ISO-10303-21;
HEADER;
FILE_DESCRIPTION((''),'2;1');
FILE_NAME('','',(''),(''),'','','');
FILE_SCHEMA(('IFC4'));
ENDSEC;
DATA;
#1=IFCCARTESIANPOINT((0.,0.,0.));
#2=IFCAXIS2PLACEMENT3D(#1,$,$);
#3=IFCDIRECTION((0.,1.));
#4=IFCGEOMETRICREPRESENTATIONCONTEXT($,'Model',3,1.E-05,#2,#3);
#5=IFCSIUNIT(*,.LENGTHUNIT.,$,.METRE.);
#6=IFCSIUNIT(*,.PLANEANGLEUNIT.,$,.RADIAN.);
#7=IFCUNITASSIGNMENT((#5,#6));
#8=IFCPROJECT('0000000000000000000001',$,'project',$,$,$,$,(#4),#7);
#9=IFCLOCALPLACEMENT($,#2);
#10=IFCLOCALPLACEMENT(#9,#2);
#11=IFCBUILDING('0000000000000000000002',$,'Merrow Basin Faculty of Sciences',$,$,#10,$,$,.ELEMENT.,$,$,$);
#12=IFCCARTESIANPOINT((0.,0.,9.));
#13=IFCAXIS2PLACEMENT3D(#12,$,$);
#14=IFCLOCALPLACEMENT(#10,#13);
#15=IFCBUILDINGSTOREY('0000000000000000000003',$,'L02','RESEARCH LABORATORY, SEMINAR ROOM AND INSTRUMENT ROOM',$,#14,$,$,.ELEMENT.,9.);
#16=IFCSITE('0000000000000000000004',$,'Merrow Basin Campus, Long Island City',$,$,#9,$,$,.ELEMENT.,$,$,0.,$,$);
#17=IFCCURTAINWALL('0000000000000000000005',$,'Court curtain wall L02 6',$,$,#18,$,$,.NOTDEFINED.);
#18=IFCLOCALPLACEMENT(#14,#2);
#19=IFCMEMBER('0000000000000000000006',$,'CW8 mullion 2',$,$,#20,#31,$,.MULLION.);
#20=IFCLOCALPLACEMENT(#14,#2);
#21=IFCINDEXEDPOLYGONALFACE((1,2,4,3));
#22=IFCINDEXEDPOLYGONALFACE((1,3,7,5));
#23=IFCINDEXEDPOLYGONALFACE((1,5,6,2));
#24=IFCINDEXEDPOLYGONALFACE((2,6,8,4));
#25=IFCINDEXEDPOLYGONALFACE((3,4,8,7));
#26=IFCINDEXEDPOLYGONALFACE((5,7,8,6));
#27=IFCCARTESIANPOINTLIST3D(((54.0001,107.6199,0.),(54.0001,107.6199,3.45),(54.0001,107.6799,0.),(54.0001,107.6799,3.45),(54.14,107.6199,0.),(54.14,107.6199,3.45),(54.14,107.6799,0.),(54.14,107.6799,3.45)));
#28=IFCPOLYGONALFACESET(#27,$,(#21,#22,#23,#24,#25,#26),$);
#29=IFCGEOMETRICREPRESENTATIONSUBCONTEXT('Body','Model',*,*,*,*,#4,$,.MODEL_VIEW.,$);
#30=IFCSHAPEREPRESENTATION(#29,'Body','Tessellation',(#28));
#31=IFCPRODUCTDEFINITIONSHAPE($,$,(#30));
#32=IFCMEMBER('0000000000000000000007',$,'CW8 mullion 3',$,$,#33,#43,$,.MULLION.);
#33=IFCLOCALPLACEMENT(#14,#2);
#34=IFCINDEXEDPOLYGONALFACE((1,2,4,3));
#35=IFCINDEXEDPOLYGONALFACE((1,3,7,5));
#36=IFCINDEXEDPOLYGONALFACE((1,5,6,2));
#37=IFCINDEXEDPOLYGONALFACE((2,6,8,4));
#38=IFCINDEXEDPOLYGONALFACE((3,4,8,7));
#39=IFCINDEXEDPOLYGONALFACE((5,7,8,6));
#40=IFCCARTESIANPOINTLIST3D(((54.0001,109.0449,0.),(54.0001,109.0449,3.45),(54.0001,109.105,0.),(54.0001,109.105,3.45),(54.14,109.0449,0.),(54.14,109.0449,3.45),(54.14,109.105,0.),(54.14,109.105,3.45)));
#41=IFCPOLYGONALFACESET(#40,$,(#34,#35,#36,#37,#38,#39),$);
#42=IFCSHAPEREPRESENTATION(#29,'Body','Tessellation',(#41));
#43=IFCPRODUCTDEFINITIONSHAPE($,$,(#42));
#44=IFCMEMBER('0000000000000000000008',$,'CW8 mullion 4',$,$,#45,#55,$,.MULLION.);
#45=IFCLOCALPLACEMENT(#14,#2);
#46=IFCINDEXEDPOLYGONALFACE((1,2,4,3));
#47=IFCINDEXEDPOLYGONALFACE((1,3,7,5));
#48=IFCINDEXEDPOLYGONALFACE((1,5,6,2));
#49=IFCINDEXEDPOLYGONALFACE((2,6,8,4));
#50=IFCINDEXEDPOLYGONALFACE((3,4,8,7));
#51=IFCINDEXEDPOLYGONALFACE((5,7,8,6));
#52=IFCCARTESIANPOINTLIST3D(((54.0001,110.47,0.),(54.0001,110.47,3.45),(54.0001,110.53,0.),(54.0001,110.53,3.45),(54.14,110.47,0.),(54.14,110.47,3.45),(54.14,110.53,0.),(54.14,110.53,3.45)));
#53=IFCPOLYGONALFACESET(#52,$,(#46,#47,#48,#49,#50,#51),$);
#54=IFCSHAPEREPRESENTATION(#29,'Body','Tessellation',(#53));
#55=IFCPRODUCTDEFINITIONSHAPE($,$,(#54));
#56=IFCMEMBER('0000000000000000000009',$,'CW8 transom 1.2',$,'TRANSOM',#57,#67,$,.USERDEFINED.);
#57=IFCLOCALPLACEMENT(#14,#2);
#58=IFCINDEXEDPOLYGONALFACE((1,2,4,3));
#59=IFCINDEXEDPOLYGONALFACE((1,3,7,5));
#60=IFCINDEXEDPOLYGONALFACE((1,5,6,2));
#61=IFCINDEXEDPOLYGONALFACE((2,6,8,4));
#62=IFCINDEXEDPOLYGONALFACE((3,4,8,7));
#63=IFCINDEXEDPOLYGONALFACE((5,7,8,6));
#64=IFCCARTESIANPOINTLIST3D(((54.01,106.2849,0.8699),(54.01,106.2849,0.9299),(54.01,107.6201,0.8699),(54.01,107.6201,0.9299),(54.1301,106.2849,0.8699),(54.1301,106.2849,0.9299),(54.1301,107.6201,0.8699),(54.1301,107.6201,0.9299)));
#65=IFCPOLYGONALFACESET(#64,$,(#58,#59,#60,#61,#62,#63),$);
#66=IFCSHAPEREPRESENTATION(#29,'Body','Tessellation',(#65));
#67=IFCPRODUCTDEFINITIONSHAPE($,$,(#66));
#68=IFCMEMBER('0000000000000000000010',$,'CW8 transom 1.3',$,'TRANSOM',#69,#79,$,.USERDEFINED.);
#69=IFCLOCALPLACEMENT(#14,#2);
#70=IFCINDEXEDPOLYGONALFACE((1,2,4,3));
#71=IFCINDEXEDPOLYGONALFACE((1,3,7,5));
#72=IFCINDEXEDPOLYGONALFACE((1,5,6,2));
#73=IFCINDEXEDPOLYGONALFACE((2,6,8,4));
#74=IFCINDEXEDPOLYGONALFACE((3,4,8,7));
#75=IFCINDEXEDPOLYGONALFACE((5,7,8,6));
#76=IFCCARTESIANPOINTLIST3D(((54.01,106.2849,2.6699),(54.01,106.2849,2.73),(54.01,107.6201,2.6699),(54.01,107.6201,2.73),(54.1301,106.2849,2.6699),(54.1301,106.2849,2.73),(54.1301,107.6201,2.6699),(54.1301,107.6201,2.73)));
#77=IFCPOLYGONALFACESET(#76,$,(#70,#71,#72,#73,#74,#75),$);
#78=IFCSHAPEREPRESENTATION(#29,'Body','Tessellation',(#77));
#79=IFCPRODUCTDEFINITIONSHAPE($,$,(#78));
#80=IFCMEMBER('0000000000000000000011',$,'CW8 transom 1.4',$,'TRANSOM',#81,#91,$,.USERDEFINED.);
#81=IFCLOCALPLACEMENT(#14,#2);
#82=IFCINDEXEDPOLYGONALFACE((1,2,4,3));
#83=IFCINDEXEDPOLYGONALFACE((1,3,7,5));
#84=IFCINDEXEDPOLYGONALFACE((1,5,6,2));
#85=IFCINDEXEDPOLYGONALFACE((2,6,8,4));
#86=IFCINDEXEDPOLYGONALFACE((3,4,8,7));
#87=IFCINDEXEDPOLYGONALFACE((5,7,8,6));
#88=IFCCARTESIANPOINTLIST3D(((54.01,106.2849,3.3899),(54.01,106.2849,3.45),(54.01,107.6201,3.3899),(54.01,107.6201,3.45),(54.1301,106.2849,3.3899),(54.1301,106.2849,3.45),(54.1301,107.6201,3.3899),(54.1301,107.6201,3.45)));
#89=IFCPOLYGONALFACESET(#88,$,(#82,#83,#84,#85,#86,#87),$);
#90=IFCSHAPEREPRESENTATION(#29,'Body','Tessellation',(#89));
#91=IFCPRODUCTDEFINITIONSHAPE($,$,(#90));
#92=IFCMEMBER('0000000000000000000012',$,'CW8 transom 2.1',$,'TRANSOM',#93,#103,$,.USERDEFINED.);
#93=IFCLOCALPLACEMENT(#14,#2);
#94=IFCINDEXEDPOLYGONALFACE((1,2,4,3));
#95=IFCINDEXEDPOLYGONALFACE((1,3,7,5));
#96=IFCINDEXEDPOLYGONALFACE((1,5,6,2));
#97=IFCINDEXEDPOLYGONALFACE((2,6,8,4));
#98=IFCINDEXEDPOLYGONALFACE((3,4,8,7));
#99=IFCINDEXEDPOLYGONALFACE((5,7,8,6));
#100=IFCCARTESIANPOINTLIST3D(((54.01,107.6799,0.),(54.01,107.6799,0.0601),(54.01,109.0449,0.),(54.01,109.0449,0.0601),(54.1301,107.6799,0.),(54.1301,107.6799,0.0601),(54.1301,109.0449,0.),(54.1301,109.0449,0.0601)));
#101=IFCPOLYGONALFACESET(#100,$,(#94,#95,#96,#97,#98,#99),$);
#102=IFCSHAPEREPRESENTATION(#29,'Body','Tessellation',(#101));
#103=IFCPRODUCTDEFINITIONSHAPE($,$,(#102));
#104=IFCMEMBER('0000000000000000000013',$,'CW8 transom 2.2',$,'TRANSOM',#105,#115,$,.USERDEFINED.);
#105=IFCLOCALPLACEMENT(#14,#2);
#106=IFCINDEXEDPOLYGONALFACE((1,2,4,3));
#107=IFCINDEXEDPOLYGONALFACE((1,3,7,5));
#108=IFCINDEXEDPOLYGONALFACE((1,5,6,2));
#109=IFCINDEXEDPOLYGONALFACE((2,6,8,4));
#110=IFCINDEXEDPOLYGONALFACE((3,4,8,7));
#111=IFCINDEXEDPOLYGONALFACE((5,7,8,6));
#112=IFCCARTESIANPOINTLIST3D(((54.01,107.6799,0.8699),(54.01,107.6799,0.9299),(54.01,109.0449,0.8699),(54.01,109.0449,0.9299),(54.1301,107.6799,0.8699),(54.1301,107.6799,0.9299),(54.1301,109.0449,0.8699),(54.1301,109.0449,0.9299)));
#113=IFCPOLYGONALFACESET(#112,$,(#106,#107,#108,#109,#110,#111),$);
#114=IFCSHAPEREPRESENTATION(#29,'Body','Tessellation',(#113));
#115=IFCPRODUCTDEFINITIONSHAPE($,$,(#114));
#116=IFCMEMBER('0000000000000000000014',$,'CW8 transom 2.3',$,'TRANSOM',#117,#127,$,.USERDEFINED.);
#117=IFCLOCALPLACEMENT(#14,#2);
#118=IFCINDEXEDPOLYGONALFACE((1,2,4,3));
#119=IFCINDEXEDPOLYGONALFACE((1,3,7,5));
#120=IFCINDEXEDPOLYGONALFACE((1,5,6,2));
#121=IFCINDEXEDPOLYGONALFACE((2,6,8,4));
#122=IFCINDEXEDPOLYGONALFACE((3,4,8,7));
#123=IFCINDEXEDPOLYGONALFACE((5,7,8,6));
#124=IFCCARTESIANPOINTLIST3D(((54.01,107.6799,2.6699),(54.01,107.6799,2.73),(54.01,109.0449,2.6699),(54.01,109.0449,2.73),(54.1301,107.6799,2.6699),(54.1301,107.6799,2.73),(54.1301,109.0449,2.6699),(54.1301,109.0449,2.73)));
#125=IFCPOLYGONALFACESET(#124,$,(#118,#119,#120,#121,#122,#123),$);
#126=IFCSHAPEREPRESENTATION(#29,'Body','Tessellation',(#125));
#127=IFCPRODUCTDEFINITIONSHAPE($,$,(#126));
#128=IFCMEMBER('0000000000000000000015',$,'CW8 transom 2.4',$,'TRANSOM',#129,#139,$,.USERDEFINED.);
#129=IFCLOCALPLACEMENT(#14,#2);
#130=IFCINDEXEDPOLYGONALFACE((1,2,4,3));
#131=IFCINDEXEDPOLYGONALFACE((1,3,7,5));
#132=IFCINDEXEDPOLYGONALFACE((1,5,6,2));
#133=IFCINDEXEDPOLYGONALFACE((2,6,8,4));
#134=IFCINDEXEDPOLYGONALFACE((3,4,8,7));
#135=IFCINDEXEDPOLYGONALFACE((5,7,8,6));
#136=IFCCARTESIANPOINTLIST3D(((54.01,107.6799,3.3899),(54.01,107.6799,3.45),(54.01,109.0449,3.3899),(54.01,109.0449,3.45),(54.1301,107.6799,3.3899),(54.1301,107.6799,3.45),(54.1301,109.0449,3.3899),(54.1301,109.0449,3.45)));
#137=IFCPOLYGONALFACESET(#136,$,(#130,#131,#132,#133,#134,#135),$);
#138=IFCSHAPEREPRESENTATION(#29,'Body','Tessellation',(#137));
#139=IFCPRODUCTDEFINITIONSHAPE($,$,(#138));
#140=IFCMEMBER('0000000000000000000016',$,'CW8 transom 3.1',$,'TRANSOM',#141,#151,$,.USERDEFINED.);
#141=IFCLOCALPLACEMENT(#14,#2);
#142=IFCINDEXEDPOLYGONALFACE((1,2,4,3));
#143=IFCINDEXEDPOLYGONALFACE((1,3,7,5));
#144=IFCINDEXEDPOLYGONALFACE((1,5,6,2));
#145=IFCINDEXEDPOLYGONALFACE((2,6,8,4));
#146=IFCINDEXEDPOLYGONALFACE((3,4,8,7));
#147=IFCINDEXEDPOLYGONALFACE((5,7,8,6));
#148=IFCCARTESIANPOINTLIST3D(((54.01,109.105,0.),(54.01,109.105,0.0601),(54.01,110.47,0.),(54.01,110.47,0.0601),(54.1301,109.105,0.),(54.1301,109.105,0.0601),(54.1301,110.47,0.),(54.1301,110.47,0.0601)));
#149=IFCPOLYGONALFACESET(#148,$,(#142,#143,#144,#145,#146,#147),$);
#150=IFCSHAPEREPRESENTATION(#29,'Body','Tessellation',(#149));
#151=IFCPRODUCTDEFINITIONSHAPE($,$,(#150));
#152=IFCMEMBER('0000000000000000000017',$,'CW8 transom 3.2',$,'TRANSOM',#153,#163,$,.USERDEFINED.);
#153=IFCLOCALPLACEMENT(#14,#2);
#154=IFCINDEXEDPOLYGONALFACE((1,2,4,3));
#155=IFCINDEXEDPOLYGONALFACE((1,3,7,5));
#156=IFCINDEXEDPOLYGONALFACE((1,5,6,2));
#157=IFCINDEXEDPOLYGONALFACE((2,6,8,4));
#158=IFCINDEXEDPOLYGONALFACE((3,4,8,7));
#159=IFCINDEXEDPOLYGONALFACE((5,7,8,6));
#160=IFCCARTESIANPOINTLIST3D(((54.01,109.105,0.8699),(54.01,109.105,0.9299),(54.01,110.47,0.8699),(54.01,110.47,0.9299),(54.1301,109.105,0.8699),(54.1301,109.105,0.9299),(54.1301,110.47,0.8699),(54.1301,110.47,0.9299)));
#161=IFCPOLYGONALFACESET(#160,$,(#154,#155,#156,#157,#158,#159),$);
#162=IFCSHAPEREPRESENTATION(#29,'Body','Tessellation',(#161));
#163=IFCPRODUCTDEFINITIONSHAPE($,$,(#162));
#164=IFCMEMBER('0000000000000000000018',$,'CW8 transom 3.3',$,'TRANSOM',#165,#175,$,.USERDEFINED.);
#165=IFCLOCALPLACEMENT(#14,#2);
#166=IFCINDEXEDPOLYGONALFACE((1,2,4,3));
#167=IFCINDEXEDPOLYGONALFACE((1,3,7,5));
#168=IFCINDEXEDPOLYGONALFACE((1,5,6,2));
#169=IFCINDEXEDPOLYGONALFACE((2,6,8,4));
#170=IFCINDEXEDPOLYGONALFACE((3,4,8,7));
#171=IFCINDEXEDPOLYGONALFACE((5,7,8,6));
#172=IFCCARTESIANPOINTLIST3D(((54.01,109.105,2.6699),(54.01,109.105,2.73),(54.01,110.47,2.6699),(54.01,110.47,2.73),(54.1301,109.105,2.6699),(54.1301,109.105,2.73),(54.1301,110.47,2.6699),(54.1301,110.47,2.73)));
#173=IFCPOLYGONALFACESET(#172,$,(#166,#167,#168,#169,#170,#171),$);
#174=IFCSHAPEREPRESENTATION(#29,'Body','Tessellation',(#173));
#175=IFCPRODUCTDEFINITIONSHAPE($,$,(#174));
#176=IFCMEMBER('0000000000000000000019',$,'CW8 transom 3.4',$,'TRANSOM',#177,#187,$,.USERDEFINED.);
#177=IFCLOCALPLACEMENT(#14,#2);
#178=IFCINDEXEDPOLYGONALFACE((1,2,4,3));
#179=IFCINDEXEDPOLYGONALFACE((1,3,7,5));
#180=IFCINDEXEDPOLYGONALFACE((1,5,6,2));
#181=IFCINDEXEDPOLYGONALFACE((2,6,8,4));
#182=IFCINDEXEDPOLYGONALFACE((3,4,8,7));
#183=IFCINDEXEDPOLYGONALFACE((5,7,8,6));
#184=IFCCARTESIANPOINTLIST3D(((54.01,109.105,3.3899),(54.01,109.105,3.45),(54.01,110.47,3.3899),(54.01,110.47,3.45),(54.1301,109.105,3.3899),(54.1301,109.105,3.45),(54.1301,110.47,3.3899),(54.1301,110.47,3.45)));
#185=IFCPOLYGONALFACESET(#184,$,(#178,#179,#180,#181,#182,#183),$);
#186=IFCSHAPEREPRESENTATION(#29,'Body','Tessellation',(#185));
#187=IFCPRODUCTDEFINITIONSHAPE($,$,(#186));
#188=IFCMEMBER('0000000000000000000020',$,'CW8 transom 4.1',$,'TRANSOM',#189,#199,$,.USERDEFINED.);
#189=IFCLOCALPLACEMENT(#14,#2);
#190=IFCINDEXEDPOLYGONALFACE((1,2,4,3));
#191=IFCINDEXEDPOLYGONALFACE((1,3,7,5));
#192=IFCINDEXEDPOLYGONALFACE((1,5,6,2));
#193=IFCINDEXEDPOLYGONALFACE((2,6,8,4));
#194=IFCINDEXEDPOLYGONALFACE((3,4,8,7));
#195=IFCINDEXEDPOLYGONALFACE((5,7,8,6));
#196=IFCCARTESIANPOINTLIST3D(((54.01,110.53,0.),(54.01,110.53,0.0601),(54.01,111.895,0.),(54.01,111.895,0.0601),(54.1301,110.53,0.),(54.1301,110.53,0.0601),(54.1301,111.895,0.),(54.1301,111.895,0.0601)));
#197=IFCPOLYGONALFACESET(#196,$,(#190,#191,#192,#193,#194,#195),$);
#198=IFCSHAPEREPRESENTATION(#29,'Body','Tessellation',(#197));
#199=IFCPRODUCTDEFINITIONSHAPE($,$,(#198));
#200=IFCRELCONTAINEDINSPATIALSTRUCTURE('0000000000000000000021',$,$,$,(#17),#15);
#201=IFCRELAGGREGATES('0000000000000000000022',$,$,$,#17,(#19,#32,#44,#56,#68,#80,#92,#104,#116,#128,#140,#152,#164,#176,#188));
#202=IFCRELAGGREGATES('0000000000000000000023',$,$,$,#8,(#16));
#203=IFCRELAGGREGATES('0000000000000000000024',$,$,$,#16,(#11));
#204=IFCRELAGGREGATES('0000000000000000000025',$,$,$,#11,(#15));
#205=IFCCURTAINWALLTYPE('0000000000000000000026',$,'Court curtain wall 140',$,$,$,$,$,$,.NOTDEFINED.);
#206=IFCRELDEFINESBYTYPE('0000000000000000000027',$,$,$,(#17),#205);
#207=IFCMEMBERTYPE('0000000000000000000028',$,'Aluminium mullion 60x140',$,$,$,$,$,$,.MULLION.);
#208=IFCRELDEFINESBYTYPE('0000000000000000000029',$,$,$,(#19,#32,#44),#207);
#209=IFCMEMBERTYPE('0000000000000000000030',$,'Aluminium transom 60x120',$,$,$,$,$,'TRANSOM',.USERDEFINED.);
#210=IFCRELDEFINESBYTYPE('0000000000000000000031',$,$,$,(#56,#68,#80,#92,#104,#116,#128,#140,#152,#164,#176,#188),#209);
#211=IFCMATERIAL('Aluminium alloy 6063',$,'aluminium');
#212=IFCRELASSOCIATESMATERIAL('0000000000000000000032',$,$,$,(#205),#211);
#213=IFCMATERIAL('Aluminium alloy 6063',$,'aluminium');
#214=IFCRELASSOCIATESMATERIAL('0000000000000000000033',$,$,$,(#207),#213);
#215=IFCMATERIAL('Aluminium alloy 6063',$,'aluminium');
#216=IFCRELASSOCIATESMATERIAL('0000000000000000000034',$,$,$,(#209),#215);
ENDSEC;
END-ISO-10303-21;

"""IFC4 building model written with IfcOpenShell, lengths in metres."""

from ifc_helpers import new_model, si_unit, direction, frame, origin, origin_2d, place, context, subcontext, project, spatial, rectangle, extrude, material, material_profile, profile_set, type_object, element, aggregate, save


model = new_model("IFC4")

# Units and contexts
model_context = context("Model", 3, precision=1e-05, world=origin(), true_north=direction((0.0, 1.0)))
body_context = subcontext(model_context, "Body", "Model", "MODEL_VIEW")
ifc_project = project(units=[si_unit("LENGTHUNIT", "METRE"), si_unit("PLANEANGLEUNIT", "RADIAN")], contexts=[model_context])

# Site, building, storey
site_placement = place(None, origin())
site = spatial("IfcSite", under=ifc_project, at=site_placement, Name="Merrow Basin Campus, Long Island City", CompositionType="ELEMENT", RefElevation=0.0)
building_placement = place(site_placement, origin())
building = spatial("IfcBuilding", under=site, at=building_placement, Name="Merrow Basin Faculty of Sciences", CompositionType="ELEMENT")
storey_placement = place(building_placement, frame((0.0, 0.0, 9.0)))
storey = spatial("IfcBuildingStorey", under=building, at=storey_placement, Name="L02", Description="RESEARCH LABORATORY, SEMINAR ROOM AND INSTRUMENT ROOM", CompositionType="ELEMENT", Elevation=9.0)

# Curtain wall, members
ifc_material_1 = material(Name="Aluminium alloy 6063", Category="aluminium")
curtain_wall_type = type_object("IfcCurtainWallType", Name="Court curtain wall 140", PredefinedType="NOTDEFINED", material=ifc_material_1)
curtain_wall_placement = place(storey_placement, origin())
curtain_wall = element("IfcCurtainWall", 1, at=curtain_wall_placement, inside=storey, type_object=curtain_wall_type, Name="Court curtain wall L02 6", PredefinedType="NOTDEFINED")
ifc_material_2 = material(Name="Aluminium alloy 6063", Category="aluminium")
ifc_material_profile_1 = material_profile(ifc_material_2, rectangle(XDim=0.1399, YDim=0.0601, at=origin_2d()))
ifc_profile_set_1 = profile_set([ifc_material_profile_1], Name="Aluminium alloy 6063")
member_type_1 = type_object("IfcMemberType", Name="Aluminium mullion 60x140", PredefinedType="MULLION", material=ifc_profile_set_1)
member_1_placement = place(storey_placement, frame((54.0701, 107.6499, 0.0), z_axis=(0.0, 0.0, 1.0), x_axis=(-1.0, 0.0, 0.0)))
member_1 = element("IfcMember", 2, at=member_1_placement, type_object=member_type_1, Name="CW8 mullion 2", PredefinedType="MULLION", context=body_context, shape_type="SweptSolid", body=[
    extrude(rectangle(XDim=0.1399, YDim=0.0601, at=origin_2d()), origin(), (0.0, 0.0, 1.0), 3.45),
])
member_2_placement = place(storey_placement, frame((54.0701, 109.075, 0.0), z_axis=(0.0, 0.0, 1.0), x_axis=(-1.0, 0.0, 0.0)))
member_2 = element("IfcMember", 3, at=member_2_placement, type_object=member_type_1, Name="CW8 mullion 3", PredefinedType="MULLION", context=body_context, shape_type="SweptSolid", body=[
    extrude(rectangle(XDim=0.1399, YDim=0.0601, at=origin_2d()), origin(), (0.0, 0.0, 1.0), 3.45),
])
member_3_placement = place(storey_placement, frame((54.0701, 110.5, 0.0), z_axis=(0.0, 0.0, 1.0), x_axis=(-1.0, 0.0, 0.0)))
member_3 = element("IfcMember", 4, at=member_3_placement, type_object=member_type_1, Name="CW8 mullion 4", PredefinedType="MULLION", context=body_context, shape_type="SweptSolid", body=[
    extrude(rectangle(XDim=0.1399, YDim=0.0601, at=origin_2d()), origin(), (0.0, 0.0, 1.0), 3.45),
])
ifc_material_3 = material(Name="Aluminium alloy 6063", Category="aluminium")
ifc_material_profile_2 = material_profile(ifc_material_3, rectangle(XDim=0.1201, YDim=0.0601, at=origin_2d()))
ifc_profile_set_2 = profile_set([ifc_material_profile_2], Name="Aluminium alloy 6063")
member_type_2 = type_object("IfcMemberType", Name="Aluminium transom 60x120", ElementType="TRANSOM", PredefinedType="USERDEFINED", material=ifc_profile_set_2)
member_4_placement = place(storey_placement, frame((54.0701, 106.2849, 0.8999), z_axis=(0.0, 1.0, 0.0), x_axis=(-1.0, 0.0, 0.0)))
member_4 = element("IfcMember", 5, at=member_4_placement, type_object=member_type_2, Name="CW8 transom 1.2", ObjectType="TRANSOM", PredefinedType="USERDEFINED", context=body_context, shape_type="SweptSolid", body=[
    extrude(rectangle(XDim=0.1201, YDim=0.0601, at=origin_2d()), origin(), (0.0, 0.0, 1.0), 1.3352),
])
member_5_placement = place(storey_placement, frame((54.0701, 106.2849, 2.7), z_axis=(0.0, 1.0, 0.0), x_axis=(-1.0, 0.0, 0.0)))
member_5 = element("IfcMember", 6, at=member_5_placement, type_object=member_type_2, Name="CW8 transom 1.3", ObjectType="TRANSOM", PredefinedType="USERDEFINED", context=body_context, shape_type="SweptSolid", body=[
    extrude(rectangle(XDim=0.1201, YDim=0.0601, at=origin_2d()), origin(), (0.0, 0.0, 1.0), 1.3352),
])
member_6_placement = place(storey_placement, frame((54.0701, 106.2849, 3.4199), z_axis=(0.0, 1.0, 0.0), x_axis=(-1.0, 0.0, 0.0)))
member_6 = element("IfcMember", 7, at=member_6_placement, type_object=member_type_2, Name="CW8 transom 1.4", ObjectType="TRANSOM", PredefinedType="USERDEFINED", context=body_context, shape_type="SweptSolid", body=[
    extrude(rectangle(XDim=0.1201, YDim=0.0601, at=origin_2d()), origin(), (0.0, 0.0, 1.0), 1.3352),
])
member_7_placement = place(storey_placement, frame((54.0701, 107.6799, 0.03), z_axis=(0.0, 1.0, 0.0), x_axis=(-1.0, 0.0, 0.0)))
member_7 = element("IfcMember", 8, at=member_7_placement, type_object=member_type_2, Name="CW8 transom 2.1", ObjectType="TRANSOM", PredefinedType="USERDEFINED", context=body_context, shape_type="SweptSolid", body=[
    extrude(rectangle(XDim=0.1201, YDim=0.0601, at=origin_2d()), origin(), (0.0, 0.0, 1.0), 1.365),
])
member_8_placement = place(storey_placement, frame((54.0701, 107.6799, 0.8999), z_axis=(0.0, 1.0, 0.0), x_axis=(-1.0, 0.0, 0.0)))
member_8 = element("IfcMember", 9, at=member_8_placement, type_object=member_type_2, Name="CW8 transom 2.2", ObjectType="TRANSOM", PredefinedType="USERDEFINED", context=body_context, shape_type="SweptSolid", body=[
    extrude(rectangle(XDim=0.1201, YDim=0.0601, at=origin_2d()), origin(), (0.0, 0.0, 1.0), 1.365),
])
member_9_placement = place(storey_placement, frame((54.0701, 107.6799, 2.7), z_axis=(0.0, 1.0, 0.0), x_axis=(-1.0, 0.0, 0.0)))
member_9 = element("IfcMember", 10, at=member_9_placement, type_object=member_type_2, Name="CW8 transom 2.3", ObjectType="TRANSOM", PredefinedType="USERDEFINED", context=body_context, shape_type="SweptSolid", body=[
    extrude(rectangle(XDim=0.1201, YDim=0.0601, at=origin_2d()), origin(), (0.0, 0.0, 1.0), 1.365),
])
member_10_placement = place(storey_placement, frame((54.0701, 107.6799, 3.4199), z_axis=(0.0, 1.0, 0.0), x_axis=(-1.0, 0.0, 0.0)))
member_10 = element("IfcMember", 11, at=member_10_placement, type_object=member_type_2, Name="CW8 transom 2.4", ObjectType="TRANSOM", PredefinedType="USERDEFINED", context=body_context, shape_type="SweptSolid", body=[
    extrude(rectangle(XDim=0.1201, YDim=0.0601, at=origin_2d()), origin(), (0.0, 0.0, 1.0), 1.365),
])
member_11_placement = place(storey_placement, frame((54.0701, 109.105, 0.03), z_axis=(0.0, 1.0, 0.0), x_axis=(-1.0, 0.0, 0.0)))
member_11 = element("IfcMember", 12, at=member_11_placement, type_object=member_type_2, Name="CW8 transom 3.1", ObjectType="TRANSOM", PredefinedType="USERDEFINED", context=body_context, shape_type="SweptSolid", body=[
    extrude(rectangle(XDim=0.1201, YDim=0.0601, at=origin_2d()), origin(), (0.0, 0.0, 1.0), 1.365),
])
member_12_placement = place(storey_placement, frame((54.0701, 109.105, 0.8999), z_axis=(0.0, 1.0, 0.0), x_axis=(-1.0, 0.0, 0.0)))
member_12 = element("IfcMember", 13, at=member_12_placement, type_object=member_type_2, Name="CW8 transom 3.2", ObjectType="TRANSOM", PredefinedType="USERDEFINED", context=body_context, shape_type="SweptSolid", body=[
    extrude(rectangle(XDim=0.1201, YDim=0.0601, at=origin_2d()), origin(), (0.0, 0.0, 1.0), 1.365),
])
member_13_placement = place(storey_placement, frame((54.0701, 109.105, 2.7), z_axis=(0.0, 1.0, 0.0), x_axis=(-1.0, 0.0, 0.0)))
member_13 = element("IfcMember", 14, at=member_13_placement, type_object=member_type_2, Name="CW8 transom 3.3", ObjectType="TRANSOM", PredefinedType="USERDEFINED", context=body_context, shape_type="SweptSolid", body=[
    extrude(rectangle(XDim=0.1201, YDim=0.0601, at=origin_2d()), origin(), (0.0, 0.0, 1.0), 1.365),
])
member_14_placement = place(storey_placement, frame((54.0701, 109.105, 3.4199), z_axis=(0.0, 1.0, 0.0), x_axis=(-1.0, 0.0, 0.0)))
member_14 = element("IfcMember", 15, at=member_14_placement, type_object=member_type_2, Name="CW8 transom 3.4", ObjectType="TRANSOM", PredefinedType="USERDEFINED", context=body_context, shape_type="SweptSolid", body=[
    extrude(rectangle(XDim=0.1201, YDim=0.0601, at=origin_2d()), origin(), (0.0, 0.0, 1.0), 1.365),
])
member_15_placement = place(storey_placement, frame((54.0701, 110.53, 0.03), z_axis=(0.0, 1.0, 0.0), x_axis=(-1.0, 0.0, 0.0)))
member_15 = element("IfcMember", 16, at=member_15_placement, type_object=member_type_2, Name="CW8 transom 4.1", ObjectType="TRANSOM", PredefinedType="USERDEFINED", context=body_context, shape_type="SweptSolid", body=[
    extrude(rectangle(XDim=0.1201, YDim=0.0601, at=origin_2d()), origin(), (0.0, 0.0, 1.0), 1.365),
])

aggregate(curtain_wall, [member_1, member_2, member_3, member_4, member_5, member_6, member_7, member_8, member_9, member_10, member_11, member_12, member_13, member_14, member_15])

save(model, "model.ifc")
